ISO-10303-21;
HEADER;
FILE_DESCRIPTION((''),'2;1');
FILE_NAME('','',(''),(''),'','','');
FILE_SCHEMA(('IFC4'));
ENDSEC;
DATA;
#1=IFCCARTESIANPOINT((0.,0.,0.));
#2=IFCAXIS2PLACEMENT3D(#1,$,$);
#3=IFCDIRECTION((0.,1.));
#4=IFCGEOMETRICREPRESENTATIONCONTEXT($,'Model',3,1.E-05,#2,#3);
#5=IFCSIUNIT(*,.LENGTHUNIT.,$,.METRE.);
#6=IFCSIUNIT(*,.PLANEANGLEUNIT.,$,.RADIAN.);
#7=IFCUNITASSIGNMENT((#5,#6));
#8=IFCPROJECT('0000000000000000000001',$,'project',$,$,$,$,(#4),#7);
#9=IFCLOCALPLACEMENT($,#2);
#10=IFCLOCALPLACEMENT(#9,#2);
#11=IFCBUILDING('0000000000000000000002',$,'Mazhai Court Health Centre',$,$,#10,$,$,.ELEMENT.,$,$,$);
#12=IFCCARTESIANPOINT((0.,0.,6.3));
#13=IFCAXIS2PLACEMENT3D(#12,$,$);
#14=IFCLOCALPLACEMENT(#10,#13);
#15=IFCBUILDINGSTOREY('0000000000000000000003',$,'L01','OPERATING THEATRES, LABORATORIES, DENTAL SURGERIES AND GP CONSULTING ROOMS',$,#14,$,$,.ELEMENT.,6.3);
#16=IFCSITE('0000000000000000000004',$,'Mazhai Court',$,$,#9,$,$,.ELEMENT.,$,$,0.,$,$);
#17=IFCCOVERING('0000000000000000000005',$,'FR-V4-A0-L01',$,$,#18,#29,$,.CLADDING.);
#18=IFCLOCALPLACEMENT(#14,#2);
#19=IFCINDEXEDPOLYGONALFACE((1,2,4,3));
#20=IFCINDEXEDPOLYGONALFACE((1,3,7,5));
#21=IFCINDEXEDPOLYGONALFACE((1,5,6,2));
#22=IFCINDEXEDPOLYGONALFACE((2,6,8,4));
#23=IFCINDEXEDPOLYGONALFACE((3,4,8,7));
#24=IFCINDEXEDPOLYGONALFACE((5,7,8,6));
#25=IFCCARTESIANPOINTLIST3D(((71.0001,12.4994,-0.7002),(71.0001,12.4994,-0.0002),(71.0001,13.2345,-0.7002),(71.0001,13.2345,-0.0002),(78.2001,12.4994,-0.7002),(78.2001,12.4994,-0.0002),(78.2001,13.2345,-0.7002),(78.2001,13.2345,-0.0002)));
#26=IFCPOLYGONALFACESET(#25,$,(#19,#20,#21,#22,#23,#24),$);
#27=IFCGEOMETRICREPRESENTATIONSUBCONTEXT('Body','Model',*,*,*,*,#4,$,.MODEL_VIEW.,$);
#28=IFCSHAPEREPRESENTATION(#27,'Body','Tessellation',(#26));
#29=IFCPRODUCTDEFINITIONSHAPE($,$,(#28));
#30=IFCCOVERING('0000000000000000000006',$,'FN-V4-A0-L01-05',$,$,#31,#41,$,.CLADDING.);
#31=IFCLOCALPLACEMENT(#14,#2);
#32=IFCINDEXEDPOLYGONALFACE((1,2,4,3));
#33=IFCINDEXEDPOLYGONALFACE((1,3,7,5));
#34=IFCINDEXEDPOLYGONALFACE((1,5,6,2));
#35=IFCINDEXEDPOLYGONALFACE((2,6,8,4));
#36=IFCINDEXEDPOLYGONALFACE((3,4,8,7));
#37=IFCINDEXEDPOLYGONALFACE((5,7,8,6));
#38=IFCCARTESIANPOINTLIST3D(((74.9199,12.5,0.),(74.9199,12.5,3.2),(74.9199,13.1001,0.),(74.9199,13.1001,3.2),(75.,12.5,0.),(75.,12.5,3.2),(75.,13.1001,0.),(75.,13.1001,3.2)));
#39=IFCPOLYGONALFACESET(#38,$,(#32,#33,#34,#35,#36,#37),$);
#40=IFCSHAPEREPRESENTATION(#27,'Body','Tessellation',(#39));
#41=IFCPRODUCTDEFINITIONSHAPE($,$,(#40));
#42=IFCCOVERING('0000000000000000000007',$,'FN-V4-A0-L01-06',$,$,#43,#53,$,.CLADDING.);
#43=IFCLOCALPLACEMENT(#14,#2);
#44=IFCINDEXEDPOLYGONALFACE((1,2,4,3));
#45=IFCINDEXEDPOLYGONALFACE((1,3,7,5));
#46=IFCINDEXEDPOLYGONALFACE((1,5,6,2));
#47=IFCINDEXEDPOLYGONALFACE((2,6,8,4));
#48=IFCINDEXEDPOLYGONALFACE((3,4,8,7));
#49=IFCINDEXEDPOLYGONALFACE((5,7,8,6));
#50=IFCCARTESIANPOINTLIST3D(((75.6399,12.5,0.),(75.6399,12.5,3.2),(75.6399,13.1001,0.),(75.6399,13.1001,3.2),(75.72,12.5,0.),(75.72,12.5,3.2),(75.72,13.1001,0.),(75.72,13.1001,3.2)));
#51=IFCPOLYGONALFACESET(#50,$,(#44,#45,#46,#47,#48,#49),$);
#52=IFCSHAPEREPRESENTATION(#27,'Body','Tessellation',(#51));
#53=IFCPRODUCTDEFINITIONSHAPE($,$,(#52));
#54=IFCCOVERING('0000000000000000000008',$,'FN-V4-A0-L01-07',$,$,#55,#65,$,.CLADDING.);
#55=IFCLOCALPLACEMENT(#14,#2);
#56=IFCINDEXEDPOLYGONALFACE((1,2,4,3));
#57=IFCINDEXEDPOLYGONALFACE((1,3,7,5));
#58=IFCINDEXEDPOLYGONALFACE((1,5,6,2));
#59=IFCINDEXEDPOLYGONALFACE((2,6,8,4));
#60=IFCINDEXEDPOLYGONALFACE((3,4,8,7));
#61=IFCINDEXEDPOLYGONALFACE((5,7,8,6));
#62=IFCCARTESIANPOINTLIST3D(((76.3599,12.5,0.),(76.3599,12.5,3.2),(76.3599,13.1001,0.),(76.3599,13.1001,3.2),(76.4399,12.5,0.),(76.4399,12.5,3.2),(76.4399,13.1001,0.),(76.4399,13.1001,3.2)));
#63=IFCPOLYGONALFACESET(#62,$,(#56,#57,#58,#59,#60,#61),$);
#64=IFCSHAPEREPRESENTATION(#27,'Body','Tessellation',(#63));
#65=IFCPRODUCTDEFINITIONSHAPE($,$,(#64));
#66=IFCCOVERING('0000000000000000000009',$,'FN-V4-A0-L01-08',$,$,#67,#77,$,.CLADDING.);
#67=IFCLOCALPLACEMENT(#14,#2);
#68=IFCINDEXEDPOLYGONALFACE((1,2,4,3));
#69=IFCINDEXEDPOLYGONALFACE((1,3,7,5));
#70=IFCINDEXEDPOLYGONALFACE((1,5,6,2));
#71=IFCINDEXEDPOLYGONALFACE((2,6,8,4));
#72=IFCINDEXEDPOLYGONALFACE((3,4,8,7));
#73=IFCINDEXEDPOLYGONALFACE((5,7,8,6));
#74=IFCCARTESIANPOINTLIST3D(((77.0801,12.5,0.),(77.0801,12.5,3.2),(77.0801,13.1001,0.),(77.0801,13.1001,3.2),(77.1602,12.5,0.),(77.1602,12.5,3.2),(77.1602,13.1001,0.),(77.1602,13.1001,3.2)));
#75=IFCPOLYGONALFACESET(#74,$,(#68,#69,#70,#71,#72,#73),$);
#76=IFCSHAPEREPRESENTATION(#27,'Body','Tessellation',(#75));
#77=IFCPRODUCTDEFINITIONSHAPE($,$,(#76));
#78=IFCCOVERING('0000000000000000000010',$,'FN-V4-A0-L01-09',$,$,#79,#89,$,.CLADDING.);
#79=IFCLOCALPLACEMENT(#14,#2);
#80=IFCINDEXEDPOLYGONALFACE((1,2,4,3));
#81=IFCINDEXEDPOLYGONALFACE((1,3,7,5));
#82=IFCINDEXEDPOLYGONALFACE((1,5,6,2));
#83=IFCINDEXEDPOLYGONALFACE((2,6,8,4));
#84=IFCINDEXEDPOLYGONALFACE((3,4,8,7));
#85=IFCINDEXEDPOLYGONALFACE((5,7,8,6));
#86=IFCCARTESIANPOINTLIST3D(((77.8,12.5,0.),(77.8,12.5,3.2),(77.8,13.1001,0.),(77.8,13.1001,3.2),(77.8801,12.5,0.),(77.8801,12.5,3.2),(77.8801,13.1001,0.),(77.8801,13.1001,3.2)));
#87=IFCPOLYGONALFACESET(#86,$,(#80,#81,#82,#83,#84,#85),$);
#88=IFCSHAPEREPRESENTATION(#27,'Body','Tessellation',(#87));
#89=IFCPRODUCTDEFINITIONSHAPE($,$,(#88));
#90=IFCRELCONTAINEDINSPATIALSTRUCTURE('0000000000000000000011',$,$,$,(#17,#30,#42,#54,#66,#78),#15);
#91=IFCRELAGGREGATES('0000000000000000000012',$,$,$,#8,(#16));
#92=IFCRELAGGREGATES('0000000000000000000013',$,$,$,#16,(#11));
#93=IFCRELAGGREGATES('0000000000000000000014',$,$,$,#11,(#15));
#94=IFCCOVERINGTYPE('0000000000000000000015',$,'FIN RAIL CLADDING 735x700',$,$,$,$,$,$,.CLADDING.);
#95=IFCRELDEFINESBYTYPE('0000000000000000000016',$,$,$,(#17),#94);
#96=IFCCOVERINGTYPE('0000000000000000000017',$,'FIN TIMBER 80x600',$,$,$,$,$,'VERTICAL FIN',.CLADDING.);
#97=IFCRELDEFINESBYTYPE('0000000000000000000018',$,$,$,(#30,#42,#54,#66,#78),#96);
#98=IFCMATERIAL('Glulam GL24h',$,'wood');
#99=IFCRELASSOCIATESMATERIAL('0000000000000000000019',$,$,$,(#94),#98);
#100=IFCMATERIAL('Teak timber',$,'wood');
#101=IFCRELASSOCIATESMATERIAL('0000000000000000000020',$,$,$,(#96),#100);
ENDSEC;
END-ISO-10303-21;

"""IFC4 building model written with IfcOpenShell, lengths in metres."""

from ifc_helpers import new_model, si_unit, direction, frame, origin, origin_2d, place, context, subcontext, project, spatial, rectangle, extrude, material, type_object, element, save


model = new_model("IFC4")

# Units and contexts
model_context = context("Model", 3, precision=1e-05, world=origin(), true_north=direction((0.0, 1.0)))
body_context = subcontext(model_context, "Body", "Model", "MODEL_VIEW")
ifc_project = project(units=[si_unit("LENGTHUNIT", "METRE"), si_unit("PLANEANGLEUNIT", "RADIAN")], contexts=[model_context])

# Site, building, storey
site_placement = place(None, origin())
site = spatial("IfcSite", under=ifc_project, at=site_placement, Name="Mazhai Court", CompositionType="ELEMENT", RefElevation=0.0)
building_placement = place(site_placement, origin())
building = spatial("IfcBuilding", under=site, at=building_placement, Name="Mazhai Court Health Centre", CompositionType="ELEMENT")
storey_placement = place(building_placement, frame((0.0, 0.0, 6.3)))
storey = spatial("IfcBuildingStorey", under=building, at=storey_placement, Name="L01", Description="OPERATING THEATRES, LABORATORIES, DENTAL SURGERIES AND GP CONSULTING ROOMS", CompositionType="ELEMENT", Elevation=6.3)

# Coverings
ifc_material_1 = material(Name="Glulam GL24h", Category="wood")
covering_type_1 = type_object("IfcCoveringType", Name="FIN RAIL CLADDING 735x700", PredefinedType="CLADDING", material=ifc_material_1)
covering_placement = place(storey_placement, frame((74.6001, 12.8669, -0.7002), z_axis=(0.0, 0.0, 1.0), x_axis=(1.0, 0.0, 0.0)))
element("IfcCovering", 1, at=covering_placement, inside=storey, type_object=covering_type_1, Name="FR-V4-A0-L01", PredefinedType="CLADDING", context=body_context, shape_type="SweptSolid", body=[
    extrude(rectangle(XDim=7.2, YDim=0.7351, at=origin_2d()), origin(), (0.0, 0.0, 1.0), 0.7),
])
ifc_material_2 = material(Name="Teak timber", Category="wood")
covering_type_2 = type_object("IfcCoveringType", Name="FIN TIMBER 80x600", ElementType="VERTICAL FIN", PredefinedType="CLADDING", material=ifc_material_2)
for number, where, z_axis, x_axis, name in (
    (2, (74.96, 12.8, 0.0), (0.0, 0.0, 1.0), (1.0, 0.0, 0.0), "FN-V4-A0-L01-05"),
    (3, (75.6799, 12.8, 0.0), (0.0, 0.0, 1.0), (1.0, 0.0, 0.0), "FN-V4-A0-L01-06"),
    (4, (76.3999, 12.8, 0.0), (0.0, 0.0, 1.0), (1.0, 0.0, 0.0), "FN-V4-A0-L01-07"),
    (5, (77.1201, 12.8, 0.0), (0.0, 0.0, 1.0), (1.0, 0.0, 0.0), "FN-V4-A0-L01-08"),
    (6, (77.8401, 12.8, 0.0), (0.0, 0.0, 1.0), (1.0, 0.0, 0.0), "FN-V4-A0-L01-09"),
):
    element("IfcCovering", number, at=place(storey_placement, frame(where, z_axis=z_axis, x_axis=x_axis)), inside=storey, type_object=covering_type_2, Name=name, PredefinedType="CLADDING", context=body_context, shape_type="SweptSolid", body=[
        extrude(rectangle(XDim=0.0801, YDim=0.6001, at=origin_2d()), origin(), (0.0, 0.0, 1.0), 3.2),
    ])

save(model, "model.ifc")
